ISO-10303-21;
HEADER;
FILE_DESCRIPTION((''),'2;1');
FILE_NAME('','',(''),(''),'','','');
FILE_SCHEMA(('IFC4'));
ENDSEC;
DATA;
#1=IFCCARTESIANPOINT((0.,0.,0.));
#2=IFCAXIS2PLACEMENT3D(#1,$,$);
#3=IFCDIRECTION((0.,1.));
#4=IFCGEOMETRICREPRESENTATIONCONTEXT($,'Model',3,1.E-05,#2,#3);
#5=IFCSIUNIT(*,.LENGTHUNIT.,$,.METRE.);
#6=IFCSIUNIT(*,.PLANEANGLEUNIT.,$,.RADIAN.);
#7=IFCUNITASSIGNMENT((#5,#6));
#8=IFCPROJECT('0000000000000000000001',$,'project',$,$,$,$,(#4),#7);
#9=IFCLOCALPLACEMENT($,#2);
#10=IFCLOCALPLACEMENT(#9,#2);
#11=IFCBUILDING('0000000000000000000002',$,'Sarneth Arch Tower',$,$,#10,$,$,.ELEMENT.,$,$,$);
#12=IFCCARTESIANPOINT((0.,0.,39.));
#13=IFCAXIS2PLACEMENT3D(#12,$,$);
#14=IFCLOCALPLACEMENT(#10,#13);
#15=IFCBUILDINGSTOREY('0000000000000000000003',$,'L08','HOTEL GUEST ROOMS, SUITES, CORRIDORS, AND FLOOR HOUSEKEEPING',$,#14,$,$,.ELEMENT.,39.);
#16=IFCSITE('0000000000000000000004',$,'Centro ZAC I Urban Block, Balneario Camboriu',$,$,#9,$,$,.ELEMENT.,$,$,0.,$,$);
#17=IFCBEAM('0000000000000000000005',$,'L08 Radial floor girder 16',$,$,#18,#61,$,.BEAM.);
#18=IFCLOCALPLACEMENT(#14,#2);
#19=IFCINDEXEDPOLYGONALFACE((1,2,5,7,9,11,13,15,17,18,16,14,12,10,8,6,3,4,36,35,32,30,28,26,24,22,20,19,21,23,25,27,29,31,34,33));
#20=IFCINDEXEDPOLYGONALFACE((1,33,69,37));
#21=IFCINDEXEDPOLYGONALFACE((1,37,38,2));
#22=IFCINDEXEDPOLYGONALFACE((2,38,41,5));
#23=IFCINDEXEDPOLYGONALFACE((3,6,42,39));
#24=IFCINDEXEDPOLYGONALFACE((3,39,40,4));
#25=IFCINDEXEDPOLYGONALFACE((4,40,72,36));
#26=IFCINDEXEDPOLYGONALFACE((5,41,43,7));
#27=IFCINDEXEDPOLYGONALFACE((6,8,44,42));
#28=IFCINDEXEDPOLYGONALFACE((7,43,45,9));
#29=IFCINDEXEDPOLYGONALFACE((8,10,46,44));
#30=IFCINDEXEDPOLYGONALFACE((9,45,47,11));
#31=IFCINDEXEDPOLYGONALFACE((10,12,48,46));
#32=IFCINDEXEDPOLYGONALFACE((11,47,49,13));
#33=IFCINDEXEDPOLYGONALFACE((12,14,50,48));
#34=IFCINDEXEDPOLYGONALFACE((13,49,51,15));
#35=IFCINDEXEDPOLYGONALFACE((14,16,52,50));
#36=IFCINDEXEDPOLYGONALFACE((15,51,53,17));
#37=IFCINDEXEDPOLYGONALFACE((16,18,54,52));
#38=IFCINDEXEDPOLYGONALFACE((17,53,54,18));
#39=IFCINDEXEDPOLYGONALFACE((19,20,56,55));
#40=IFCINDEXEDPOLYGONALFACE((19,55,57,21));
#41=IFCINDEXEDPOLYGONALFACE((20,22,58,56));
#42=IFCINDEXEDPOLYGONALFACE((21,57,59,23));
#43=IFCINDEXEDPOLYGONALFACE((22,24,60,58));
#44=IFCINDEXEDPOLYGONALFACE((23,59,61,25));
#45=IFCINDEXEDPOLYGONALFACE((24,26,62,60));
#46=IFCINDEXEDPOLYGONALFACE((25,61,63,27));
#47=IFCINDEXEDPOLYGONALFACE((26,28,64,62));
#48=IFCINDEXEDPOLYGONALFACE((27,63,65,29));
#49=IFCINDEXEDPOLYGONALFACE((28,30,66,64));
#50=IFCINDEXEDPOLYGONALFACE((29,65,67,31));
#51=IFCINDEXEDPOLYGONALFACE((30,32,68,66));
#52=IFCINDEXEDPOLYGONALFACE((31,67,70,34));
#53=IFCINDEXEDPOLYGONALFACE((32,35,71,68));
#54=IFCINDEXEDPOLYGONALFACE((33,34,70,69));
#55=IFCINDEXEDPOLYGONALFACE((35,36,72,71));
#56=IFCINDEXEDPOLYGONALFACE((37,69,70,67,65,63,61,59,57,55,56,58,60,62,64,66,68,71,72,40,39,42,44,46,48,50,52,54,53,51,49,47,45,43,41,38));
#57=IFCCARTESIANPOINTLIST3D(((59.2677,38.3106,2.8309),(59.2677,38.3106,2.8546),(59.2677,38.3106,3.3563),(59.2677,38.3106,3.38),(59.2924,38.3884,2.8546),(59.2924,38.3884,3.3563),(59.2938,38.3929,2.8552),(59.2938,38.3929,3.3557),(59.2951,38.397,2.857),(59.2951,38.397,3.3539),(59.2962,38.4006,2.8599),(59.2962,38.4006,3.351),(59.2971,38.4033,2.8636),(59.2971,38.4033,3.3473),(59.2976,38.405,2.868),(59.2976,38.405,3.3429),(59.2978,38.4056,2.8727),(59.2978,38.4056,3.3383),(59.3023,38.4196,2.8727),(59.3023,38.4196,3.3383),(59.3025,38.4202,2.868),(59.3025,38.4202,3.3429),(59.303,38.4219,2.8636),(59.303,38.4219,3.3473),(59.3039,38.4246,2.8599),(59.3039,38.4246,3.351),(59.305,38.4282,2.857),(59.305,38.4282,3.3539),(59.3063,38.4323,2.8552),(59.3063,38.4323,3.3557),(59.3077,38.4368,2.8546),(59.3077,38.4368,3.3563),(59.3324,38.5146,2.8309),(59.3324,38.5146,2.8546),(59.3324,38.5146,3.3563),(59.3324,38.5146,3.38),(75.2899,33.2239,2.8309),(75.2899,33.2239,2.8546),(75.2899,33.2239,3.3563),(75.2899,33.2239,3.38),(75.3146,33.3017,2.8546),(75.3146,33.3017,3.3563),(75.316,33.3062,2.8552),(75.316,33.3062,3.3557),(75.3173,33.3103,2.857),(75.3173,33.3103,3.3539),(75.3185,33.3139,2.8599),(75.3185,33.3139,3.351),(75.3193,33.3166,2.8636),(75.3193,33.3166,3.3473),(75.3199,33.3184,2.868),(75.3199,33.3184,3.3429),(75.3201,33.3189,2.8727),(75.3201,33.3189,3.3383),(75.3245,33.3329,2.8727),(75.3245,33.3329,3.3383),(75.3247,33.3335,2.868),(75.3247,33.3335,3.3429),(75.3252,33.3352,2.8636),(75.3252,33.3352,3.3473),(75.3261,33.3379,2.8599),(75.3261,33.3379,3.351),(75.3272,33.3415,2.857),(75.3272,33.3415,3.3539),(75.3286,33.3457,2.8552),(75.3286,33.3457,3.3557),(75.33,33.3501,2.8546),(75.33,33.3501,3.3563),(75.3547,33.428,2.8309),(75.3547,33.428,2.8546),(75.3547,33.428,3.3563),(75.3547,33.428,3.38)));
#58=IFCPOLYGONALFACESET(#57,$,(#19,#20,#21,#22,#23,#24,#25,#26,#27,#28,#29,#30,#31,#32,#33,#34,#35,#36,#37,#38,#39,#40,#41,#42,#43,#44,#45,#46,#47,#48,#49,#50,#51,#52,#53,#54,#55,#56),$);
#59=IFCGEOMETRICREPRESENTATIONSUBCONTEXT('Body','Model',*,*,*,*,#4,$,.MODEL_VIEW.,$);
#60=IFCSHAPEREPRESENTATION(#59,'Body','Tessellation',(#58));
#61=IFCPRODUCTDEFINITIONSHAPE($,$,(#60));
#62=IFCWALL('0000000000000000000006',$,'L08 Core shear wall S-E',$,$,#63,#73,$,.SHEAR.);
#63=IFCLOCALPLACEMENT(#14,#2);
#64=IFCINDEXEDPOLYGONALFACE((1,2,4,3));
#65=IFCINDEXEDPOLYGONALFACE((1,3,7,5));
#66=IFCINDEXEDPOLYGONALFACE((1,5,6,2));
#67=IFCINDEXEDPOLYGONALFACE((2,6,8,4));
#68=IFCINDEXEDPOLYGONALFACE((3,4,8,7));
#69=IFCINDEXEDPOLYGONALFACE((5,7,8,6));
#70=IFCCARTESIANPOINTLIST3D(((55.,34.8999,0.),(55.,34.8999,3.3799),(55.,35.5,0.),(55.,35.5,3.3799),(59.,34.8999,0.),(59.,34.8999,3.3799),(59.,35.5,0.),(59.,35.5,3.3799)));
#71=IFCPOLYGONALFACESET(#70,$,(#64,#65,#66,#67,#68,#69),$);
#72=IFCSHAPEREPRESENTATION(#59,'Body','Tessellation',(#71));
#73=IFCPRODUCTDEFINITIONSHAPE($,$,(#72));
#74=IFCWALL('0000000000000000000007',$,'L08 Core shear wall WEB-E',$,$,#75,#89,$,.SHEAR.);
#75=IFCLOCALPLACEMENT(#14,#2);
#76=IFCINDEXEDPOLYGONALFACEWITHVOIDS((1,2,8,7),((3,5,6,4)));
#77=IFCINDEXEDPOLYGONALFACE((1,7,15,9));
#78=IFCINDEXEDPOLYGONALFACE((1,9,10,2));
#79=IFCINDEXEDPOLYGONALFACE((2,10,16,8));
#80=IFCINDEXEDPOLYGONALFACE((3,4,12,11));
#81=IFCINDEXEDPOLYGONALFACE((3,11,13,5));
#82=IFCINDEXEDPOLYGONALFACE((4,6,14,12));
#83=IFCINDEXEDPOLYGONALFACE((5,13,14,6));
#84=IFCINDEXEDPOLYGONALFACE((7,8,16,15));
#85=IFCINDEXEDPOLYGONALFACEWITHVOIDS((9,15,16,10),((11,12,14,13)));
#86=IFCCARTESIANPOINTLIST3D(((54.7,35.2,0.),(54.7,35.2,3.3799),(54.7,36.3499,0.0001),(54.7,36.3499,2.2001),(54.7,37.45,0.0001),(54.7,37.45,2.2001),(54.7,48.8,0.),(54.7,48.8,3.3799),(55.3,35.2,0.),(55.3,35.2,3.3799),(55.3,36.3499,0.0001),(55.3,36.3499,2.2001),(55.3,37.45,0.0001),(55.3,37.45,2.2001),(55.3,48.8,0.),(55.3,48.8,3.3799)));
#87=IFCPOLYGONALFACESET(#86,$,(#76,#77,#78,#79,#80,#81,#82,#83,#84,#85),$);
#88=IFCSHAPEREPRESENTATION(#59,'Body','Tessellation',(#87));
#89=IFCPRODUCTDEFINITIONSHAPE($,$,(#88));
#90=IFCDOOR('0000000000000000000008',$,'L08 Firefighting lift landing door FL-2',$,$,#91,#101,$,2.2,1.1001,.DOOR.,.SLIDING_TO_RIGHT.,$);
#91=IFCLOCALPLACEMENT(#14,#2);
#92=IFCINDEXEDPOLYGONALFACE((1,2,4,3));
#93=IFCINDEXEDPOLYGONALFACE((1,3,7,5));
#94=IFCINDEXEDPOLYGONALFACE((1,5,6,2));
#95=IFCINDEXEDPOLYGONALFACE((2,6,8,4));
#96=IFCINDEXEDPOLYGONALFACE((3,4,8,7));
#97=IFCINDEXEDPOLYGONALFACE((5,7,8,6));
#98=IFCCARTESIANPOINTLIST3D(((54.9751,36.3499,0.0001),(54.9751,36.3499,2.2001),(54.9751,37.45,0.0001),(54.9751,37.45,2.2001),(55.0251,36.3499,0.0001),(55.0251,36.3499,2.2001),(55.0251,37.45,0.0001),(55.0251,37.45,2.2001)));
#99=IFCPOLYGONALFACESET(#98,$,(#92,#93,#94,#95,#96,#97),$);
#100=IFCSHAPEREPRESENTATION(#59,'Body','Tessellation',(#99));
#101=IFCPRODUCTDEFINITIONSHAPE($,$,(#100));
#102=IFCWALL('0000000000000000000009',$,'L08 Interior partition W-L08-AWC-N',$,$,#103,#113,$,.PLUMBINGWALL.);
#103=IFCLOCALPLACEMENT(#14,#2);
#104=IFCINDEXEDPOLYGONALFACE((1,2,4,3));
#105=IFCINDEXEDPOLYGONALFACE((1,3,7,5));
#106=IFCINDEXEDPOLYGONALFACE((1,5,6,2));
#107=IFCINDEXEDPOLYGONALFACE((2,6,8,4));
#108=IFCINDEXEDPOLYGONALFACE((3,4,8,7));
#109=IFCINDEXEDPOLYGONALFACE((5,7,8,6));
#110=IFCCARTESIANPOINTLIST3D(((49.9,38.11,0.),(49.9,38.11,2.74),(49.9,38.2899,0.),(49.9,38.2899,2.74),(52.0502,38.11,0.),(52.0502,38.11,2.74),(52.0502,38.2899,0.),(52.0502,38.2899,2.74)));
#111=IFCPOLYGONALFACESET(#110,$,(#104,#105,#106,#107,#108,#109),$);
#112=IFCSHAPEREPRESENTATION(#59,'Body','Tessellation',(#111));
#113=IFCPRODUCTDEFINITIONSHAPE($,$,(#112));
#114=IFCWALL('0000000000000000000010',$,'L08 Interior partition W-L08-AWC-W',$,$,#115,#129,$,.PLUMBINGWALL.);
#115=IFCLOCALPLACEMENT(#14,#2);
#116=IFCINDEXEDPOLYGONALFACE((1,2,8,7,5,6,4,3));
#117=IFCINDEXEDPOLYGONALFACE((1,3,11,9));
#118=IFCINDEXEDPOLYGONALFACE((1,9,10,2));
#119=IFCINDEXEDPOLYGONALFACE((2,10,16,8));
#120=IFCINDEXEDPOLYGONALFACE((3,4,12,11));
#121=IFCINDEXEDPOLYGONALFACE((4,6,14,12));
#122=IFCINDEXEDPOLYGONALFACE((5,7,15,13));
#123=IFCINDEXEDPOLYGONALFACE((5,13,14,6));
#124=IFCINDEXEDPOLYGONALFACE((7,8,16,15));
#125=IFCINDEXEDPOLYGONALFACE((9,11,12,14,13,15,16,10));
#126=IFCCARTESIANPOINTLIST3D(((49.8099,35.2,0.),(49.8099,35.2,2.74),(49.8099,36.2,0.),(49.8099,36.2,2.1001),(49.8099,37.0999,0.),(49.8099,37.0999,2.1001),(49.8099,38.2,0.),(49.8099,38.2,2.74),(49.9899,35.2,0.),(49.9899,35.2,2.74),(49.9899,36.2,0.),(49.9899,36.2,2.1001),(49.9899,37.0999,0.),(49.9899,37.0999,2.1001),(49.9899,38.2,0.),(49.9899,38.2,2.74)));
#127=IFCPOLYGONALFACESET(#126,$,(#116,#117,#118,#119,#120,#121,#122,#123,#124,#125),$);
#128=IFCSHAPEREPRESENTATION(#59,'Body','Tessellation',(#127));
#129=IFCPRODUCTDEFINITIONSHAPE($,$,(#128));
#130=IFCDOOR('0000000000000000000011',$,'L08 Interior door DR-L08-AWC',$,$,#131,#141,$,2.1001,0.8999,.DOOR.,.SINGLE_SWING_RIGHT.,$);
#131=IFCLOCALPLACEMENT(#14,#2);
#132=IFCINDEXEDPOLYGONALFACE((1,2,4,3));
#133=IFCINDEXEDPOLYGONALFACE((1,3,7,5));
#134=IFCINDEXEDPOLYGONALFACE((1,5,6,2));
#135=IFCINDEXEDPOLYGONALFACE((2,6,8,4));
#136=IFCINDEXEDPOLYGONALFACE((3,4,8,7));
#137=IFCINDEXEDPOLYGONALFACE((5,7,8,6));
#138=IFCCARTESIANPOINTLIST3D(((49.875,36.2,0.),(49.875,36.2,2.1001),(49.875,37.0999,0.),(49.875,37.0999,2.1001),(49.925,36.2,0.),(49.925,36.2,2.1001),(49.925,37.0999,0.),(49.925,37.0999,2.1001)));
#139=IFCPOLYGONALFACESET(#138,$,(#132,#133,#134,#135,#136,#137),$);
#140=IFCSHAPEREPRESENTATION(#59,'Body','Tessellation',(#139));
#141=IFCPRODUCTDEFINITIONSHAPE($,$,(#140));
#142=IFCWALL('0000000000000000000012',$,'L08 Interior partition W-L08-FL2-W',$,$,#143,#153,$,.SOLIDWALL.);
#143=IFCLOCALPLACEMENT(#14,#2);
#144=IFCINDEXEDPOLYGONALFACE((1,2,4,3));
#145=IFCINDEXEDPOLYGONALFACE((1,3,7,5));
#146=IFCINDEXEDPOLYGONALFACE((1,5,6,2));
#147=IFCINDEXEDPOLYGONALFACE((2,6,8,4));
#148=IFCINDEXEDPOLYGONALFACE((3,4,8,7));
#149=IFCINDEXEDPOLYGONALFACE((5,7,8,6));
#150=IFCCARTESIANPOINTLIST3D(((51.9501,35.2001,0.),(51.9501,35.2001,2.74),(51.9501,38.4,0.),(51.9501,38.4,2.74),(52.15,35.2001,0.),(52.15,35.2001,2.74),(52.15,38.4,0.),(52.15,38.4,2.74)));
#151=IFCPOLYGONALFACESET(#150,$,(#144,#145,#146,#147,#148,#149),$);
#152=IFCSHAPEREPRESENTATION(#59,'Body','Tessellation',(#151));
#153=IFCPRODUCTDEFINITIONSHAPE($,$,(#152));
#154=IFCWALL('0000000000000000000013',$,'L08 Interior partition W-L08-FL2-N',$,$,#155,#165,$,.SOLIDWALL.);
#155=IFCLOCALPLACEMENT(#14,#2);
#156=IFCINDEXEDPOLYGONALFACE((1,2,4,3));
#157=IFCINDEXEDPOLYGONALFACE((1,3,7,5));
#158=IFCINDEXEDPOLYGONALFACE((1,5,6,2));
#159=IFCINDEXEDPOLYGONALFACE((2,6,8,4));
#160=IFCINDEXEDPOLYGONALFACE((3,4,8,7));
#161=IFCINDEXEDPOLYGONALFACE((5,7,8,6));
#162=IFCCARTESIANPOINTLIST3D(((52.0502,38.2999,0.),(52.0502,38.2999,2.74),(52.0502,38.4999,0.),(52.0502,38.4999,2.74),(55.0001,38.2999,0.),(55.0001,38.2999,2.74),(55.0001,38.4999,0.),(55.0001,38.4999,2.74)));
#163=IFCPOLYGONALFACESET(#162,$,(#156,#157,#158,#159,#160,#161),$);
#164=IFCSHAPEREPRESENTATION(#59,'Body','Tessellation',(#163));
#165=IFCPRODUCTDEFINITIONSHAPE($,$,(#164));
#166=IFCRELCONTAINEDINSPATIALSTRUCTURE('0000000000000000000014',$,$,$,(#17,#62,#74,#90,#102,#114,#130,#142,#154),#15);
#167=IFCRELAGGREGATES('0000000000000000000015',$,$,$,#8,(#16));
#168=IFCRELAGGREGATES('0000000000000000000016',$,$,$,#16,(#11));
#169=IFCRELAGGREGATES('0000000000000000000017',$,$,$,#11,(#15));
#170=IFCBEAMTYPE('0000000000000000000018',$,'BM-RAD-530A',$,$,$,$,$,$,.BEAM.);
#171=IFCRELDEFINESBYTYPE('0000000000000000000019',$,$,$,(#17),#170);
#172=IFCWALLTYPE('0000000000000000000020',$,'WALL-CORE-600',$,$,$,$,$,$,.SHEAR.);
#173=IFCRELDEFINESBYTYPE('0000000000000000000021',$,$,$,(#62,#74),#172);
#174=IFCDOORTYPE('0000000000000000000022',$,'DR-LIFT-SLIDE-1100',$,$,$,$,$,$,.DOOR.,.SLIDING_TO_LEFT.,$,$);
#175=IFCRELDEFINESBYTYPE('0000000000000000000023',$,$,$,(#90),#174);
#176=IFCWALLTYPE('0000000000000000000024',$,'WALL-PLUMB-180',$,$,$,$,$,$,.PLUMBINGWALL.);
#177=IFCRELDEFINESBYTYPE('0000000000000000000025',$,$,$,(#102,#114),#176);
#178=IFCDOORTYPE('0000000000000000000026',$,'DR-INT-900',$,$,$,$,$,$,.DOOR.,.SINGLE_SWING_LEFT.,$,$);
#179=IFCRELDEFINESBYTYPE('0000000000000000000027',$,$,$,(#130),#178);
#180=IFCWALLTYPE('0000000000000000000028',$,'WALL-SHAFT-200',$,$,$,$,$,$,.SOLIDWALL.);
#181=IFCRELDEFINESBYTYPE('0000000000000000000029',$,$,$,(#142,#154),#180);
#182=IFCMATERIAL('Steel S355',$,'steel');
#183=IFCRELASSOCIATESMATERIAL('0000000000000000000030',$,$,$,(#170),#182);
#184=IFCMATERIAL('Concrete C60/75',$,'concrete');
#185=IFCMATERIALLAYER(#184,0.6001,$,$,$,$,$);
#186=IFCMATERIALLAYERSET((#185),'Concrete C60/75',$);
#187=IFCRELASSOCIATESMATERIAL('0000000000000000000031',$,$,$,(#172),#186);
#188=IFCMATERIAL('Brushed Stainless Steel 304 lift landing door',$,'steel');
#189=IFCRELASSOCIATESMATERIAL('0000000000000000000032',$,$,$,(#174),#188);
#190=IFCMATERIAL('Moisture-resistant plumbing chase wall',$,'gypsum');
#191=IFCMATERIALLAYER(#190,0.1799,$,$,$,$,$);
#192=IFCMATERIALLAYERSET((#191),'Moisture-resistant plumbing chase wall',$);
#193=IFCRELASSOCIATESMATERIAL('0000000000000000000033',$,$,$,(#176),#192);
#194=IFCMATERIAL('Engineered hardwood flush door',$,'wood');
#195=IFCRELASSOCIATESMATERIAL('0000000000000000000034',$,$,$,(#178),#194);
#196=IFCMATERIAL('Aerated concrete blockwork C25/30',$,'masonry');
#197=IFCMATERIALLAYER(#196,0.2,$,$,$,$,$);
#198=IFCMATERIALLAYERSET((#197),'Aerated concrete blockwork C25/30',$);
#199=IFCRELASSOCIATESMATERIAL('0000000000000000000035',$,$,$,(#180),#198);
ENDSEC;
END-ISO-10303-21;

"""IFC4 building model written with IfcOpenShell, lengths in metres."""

from ifc_helpers import new_model, si_unit, direction, frame, frame_2d, origin, origin_2d, place, context, subcontext, project, spatial, rectangle, i_section, extrude, material, layer, layer_set, material_profile, profile_set, type_object, element, fill, save


model = new_model("IFC4")

# Units and contexts
model_context = context("Model", 3, precision=1e-05, world=origin(), true_north=direction((0.0, 1.0)))
body_context = subcontext(model_context, "Body", "Model", "MODEL_VIEW")
ifc_project = project(units=[si_unit("LENGTHUNIT", "METRE"), si_unit("PLANEANGLEUNIT", "RADIAN")], contexts=[model_context])

# Site, building, storey
site_placement = place(None, origin())
site = spatial("IfcSite", under=ifc_project, at=site_placement, Name="Centro ZAC I Urban Block, Balneario Camboriu", CompositionType="ELEMENT", RefElevation=0.0)
building_placement = place(site_placement, origin())
building = spatial("IfcBuilding", under=site, at=building_placement, Name="Sarneth Arch Tower", CompositionType="ELEMENT")
storey_placement = place(building_placement, frame((0.0, 0.0, 39.0)))
storey = spatial("IfcBuildingStorey", under=building, at=storey_placement, Name="L08", Description="HOTEL GUEST ROOMS, SUITES, CORRIDORS, AND FLOOR HOUSEKEEPING", CompositionType="ELEMENT", Elevation=39.0)

# Beam
ifc_material_1 = material(Name="Steel S355", Category="steel")
ifc_material_profile_1 = material_profile(ifc_material_1, i_section(OverallWidth=0.2141, OverallDepth=0.5491, WebThickness=0.0146, FlangeThickness=0.0237, FilletRadius=0.0181, at=origin_2d()), Name="W530x138")
ifc_profile_set_1 = profile_set([ifc_material_profile_1], Name="Steel S355")
beam_type_1 = type_object("IfcBeamType", Name="BM-RAD-530A", PredefinedType="BEAM", material=ifc_profile_set_1)
beam_1_placement = place(storey_placement, frame((59.3, 38.4126, 3.1055), z_axis=(0.95312, -0.302593, 0.0), x_axis=(0.302593, 0.95312, 0.0)))
element("IfcBeam", 1, at=beam_1_placement, inside=storey, type_object=beam_type_1, Name="L08 Radial floor girder 16", PredefinedType="BEAM", context=body_context, shape_type="SweptSolid", body=[
    extrude(i_section(OverallWidth=0.2141, OverallDepth=0.5491, WebThickness=0.0146, FlangeThickness=0.0237, FilletRadius=0.0181, at=origin_2d()), origin(), (0.0, 0.0, 1.0), 16.8103),
])

# Wall
ifc_material_2 = material(Name="Concrete C60/75", Category="concrete")
ifc_layer_1 = layer(ifc_material_2, 0.6001)
ifc_layer_set_1 = layer_set([ifc_layer_1], Name="Concrete C60/75")
wall_type_1 = type_object("IfcWallType", Name="WALL-CORE-600", PredefinedType="SHEAR", material=ifc_layer_set_1)
wall_1_placement = place(storey_placement, frame((55.0, 35.2, 0.0), z_axis=(0.0, 0.0, 1.0), x_axis=(1.0, 0.0, 0.0)))
element("IfcWall", 2, at=wall_1_placement, inside=storey, type_object=wall_type_1, Name="L08 Core shear wall S-E", PredefinedType="SHEAR", context=body_context, shape_type="SweptSolid", body=[
    extrude(rectangle(XDim=4.0, YDim=0.6001, at=frame_2d((2.0, 0.0))), origin(), (0.0, 0.0, 1.0), 3.3799),
])

# Wall, opening, door
wall_2_placement = place(storey_placement, frame((55.0, 35.2, 0.0), z_axis=(0.0, 0.0, 1.0), x_axis=(0.0, 1.0, 0.0)))
wall_2 = element("IfcWall", 3, at=wall_2_placement, inside=storey, type_object=wall_type_1, Name="L08 Core shear wall WEB-E", PredefinedType="SHEAR", context=body_context, shape_type="SweptSolid", body=[
    extrude(rectangle(XDim=13.6001, YDim=0.6001, at=frame_2d((6.8, 0.0))), origin(), (0.0, 0.0, 1.0), 3.3799),
])
opening_1_placement = place(wall_2_placement, frame((1.1499, 0.0, 0.0)))
opening_1 = element("IfcOpeningElement", 4, at=opening_1_placement, cuts=wall_2, PredefinedType="OPENING", context=body_context, shape_type="SweptSolid", body=[
    extrude(rectangle(XDim=1.1001, YDim=2.2, at=frame_2d((0.55, 1.1001))), frame((0.0, 0.3101, 0.0), z_axis=(0.0, -1.0, 0.0), x_axis=(1.0, 0.0, 0.0)), (0.0, 0.0, 1.0), 0.6201),
])
ifc_material_3 = material(Name="Brushed Stainless Steel 304 lift landing door", Category="steel")
door_type_1 = type_object("IfcDoorType", Name="DR-LIFT-SLIDE-1100", OperationType="SLIDING_TO_LEFT", PredefinedType="DOOR", material=ifc_material_3)
door_1_placement = place(opening_1_placement, origin())
door_1 = element("IfcDoor", 5, at=door_1_placement, inside=storey, type_object=door_type_1, Name="L08 Firefighting lift landing door FL-2", OperationType="SLIDING_TO_RIGHT", OverallHeight=2.2, OverallWidth=1.1001, PredefinedType="DOOR", context=body_context, shape_type="SweptSolid", body=[
    extrude(rectangle(XDim=1.1001, YDim=2.2, at=frame_2d((0.55, 1.1001))), frame((0.0, 0.0249, 0.0), z_axis=(0.0, -1.0, 0.0), x_axis=(1.0, 0.0, 0.0)), (0.0, 0.0, 1.0), 0.05),
])
fill(opening_1, door_1)

# Wall
ifc_material_4 = material(Name="Moisture-resistant plumbing chase wall", Category="gypsum")
ifc_layer_2 = layer(ifc_material_4, 0.1799)
ifc_layer_set_2 = layer_set([ifc_layer_2], Name="Moisture-resistant plumbing chase wall")
wall_type_2 = type_object("IfcWallType", Name="WALL-PLUMB-180", PredefinedType="PLUMBINGWALL", material=ifc_layer_set_2)
wall_3_placement = place(storey_placement, frame((49.8999, 38.2, 0.0), z_axis=(0.0, 0.0, 1.0), x_axis=(1.0, 0.0, 0.0)))
element("IfcWall", 6, at=wall_3_placement, inside=storey, type_object=wall_type_2, Name="L08 Interior partition W-L08-AWC-N", PredefinedType="PLUMBINGWALL", context=body_context, shape_type="SweptSolid", body=[
    extrude(rectangle(XDim=2.1501, YDim=0.1799, at=frame_2d((1.0752, 0.0))), origin(), (0.0, 0.0, 1.0), 2.74),
])

# Wall, opening, door
wall_4_placement = place(storey_placement, frame((49.8999, 35.2, 0.0), z_axis=(0.0, 0.0, 1.0), x_axis=(0.0, 1.0, 0.0)))
wall_4 = element("IfcWall", 7, at=wall_4_placement, inside=storey, type_object=wall_type_2, Name="L08 Interior partition W-L08-AWC-W", PredefinedType="PLUMBINGWALL", context=body_context, shape_type="SweptSolid", body=[
    extrude(rectangle(XDim=3.0, YDim=0.1799, at=frame_2d((1.5, 0.0))), origin(), (0.0, 0.0, 1.0), 2.74),
])
opening_2_placement = place(wall_4_placement, frame((1.0, 0.0, 0.0)))
opening_2 = element("IfcOpeningElement", 8, at=opening_2_placement, cuts=wall_4, PredefinedType="OPENING", context=body_context, shape_type="SweptSolid", body=[
    extrude(rectangle(XDim=0.8999, YDim=2.1001, at=frame_2d((0.45, 1.05))), frame((0.0, 0.0999, 0.0), z_axis=(0.0, -1.0, 0.0), x_axis=(1.0, 0.0, 0.0)), (0.0, 0.0, 1.0), 0.2),
])
ifc_material_5 = material(Name="Engineered hardwood flush door", Category="wood")
door_type_2 = type_object("IfcDoorType", Name="DR-INT-900", OperationType="SINGLE_SWING_LEFT", PredefinedType="DOOR", material=ifc_material_5)
door_2_placement = place(opening_2_placement, origin())
door_2 = element("IfcDoor", 9, at=door_2_placement, inside=storey, type_object=door_type_2, Name="L08 Interior door DR-L08-AWC", OperationType="SINGLE_SWING_RIGHT", OverallHeight=2.1001, OverallWidth=0.8999, PredefinedType="DOOR", context=body_context, shape_type="SweptSolid", body=[
    extrude(rectangle(XDim=0.8999, YDim=2.1001, at=frame_2d((0.45, 1.05))), frame((0.0, 0.0249, 0.0), z_axis=(0.0, -1.0, 0.0), x_axis=(1.0, 0.0, 0.0)), (0.0, 0.0, 1.0), 0.05),
])
fill(opening_2, door_2)
ifc_material_6 = material(Name="Aerated concrete blockwork C25/30", Category="masonry")
ifc_layer_3 = layer(ifc_material_6, 0.2)
ifc_layer_set_3 = layer_set([ifc_layer_3], Name="Aerated concrete blockwork C25/30")
wall_type_3 = type_object("IfcWallType", Name="WALL-SHAFT-200", PredefinedType="SOLIDWALL", material=ifc_layer_set_3)

# Walls
wall_5_placement = place(storey_placement, frame((52.05, 35.2, 0.0), z_axis=(0.0, 0.0, 1.0), x_axis=(0.0, 1.0, 0.0)))
element("IfcWall", 10, at=wall_5_placement, inside=storey, type_object=wall_type_3, Name="L08 Interior partition W-L08-FL2-W", PredefinedType="SOLIDWALL", context=body_context, shape_type="SweptSolid", body=[
    extrude(rectangle(XDim=3.2, YDim=0.2, at=frame_2d((1.6001, 0.0))), origin(), (0.0, 0.0, 1.0), 2.74),
])
wall_6_placement = place(storey_placement, frame((52.05, 38.3999, 0.0), z_axis=(0.0, 0.0, 1.0), x_axis=(1.0, 0.0, 0.0)))
element("IfcWall", 11, at=wall_6_placement, inside=storey, type_object=wall_type_3, Name="L08 Interior partition W-L08-FL2-N", PredefinedType="SOLIDWALL", context=body_context, shape_type="SweptSolid", body=[
    extrude(rectangle(XDim=2.95, YDim=0.2, at=frame_2d((1.4751, 0.0))), origin(), (0.0, 0.0, 1.0), 2.74),
])

save(model, "model.ifc")
